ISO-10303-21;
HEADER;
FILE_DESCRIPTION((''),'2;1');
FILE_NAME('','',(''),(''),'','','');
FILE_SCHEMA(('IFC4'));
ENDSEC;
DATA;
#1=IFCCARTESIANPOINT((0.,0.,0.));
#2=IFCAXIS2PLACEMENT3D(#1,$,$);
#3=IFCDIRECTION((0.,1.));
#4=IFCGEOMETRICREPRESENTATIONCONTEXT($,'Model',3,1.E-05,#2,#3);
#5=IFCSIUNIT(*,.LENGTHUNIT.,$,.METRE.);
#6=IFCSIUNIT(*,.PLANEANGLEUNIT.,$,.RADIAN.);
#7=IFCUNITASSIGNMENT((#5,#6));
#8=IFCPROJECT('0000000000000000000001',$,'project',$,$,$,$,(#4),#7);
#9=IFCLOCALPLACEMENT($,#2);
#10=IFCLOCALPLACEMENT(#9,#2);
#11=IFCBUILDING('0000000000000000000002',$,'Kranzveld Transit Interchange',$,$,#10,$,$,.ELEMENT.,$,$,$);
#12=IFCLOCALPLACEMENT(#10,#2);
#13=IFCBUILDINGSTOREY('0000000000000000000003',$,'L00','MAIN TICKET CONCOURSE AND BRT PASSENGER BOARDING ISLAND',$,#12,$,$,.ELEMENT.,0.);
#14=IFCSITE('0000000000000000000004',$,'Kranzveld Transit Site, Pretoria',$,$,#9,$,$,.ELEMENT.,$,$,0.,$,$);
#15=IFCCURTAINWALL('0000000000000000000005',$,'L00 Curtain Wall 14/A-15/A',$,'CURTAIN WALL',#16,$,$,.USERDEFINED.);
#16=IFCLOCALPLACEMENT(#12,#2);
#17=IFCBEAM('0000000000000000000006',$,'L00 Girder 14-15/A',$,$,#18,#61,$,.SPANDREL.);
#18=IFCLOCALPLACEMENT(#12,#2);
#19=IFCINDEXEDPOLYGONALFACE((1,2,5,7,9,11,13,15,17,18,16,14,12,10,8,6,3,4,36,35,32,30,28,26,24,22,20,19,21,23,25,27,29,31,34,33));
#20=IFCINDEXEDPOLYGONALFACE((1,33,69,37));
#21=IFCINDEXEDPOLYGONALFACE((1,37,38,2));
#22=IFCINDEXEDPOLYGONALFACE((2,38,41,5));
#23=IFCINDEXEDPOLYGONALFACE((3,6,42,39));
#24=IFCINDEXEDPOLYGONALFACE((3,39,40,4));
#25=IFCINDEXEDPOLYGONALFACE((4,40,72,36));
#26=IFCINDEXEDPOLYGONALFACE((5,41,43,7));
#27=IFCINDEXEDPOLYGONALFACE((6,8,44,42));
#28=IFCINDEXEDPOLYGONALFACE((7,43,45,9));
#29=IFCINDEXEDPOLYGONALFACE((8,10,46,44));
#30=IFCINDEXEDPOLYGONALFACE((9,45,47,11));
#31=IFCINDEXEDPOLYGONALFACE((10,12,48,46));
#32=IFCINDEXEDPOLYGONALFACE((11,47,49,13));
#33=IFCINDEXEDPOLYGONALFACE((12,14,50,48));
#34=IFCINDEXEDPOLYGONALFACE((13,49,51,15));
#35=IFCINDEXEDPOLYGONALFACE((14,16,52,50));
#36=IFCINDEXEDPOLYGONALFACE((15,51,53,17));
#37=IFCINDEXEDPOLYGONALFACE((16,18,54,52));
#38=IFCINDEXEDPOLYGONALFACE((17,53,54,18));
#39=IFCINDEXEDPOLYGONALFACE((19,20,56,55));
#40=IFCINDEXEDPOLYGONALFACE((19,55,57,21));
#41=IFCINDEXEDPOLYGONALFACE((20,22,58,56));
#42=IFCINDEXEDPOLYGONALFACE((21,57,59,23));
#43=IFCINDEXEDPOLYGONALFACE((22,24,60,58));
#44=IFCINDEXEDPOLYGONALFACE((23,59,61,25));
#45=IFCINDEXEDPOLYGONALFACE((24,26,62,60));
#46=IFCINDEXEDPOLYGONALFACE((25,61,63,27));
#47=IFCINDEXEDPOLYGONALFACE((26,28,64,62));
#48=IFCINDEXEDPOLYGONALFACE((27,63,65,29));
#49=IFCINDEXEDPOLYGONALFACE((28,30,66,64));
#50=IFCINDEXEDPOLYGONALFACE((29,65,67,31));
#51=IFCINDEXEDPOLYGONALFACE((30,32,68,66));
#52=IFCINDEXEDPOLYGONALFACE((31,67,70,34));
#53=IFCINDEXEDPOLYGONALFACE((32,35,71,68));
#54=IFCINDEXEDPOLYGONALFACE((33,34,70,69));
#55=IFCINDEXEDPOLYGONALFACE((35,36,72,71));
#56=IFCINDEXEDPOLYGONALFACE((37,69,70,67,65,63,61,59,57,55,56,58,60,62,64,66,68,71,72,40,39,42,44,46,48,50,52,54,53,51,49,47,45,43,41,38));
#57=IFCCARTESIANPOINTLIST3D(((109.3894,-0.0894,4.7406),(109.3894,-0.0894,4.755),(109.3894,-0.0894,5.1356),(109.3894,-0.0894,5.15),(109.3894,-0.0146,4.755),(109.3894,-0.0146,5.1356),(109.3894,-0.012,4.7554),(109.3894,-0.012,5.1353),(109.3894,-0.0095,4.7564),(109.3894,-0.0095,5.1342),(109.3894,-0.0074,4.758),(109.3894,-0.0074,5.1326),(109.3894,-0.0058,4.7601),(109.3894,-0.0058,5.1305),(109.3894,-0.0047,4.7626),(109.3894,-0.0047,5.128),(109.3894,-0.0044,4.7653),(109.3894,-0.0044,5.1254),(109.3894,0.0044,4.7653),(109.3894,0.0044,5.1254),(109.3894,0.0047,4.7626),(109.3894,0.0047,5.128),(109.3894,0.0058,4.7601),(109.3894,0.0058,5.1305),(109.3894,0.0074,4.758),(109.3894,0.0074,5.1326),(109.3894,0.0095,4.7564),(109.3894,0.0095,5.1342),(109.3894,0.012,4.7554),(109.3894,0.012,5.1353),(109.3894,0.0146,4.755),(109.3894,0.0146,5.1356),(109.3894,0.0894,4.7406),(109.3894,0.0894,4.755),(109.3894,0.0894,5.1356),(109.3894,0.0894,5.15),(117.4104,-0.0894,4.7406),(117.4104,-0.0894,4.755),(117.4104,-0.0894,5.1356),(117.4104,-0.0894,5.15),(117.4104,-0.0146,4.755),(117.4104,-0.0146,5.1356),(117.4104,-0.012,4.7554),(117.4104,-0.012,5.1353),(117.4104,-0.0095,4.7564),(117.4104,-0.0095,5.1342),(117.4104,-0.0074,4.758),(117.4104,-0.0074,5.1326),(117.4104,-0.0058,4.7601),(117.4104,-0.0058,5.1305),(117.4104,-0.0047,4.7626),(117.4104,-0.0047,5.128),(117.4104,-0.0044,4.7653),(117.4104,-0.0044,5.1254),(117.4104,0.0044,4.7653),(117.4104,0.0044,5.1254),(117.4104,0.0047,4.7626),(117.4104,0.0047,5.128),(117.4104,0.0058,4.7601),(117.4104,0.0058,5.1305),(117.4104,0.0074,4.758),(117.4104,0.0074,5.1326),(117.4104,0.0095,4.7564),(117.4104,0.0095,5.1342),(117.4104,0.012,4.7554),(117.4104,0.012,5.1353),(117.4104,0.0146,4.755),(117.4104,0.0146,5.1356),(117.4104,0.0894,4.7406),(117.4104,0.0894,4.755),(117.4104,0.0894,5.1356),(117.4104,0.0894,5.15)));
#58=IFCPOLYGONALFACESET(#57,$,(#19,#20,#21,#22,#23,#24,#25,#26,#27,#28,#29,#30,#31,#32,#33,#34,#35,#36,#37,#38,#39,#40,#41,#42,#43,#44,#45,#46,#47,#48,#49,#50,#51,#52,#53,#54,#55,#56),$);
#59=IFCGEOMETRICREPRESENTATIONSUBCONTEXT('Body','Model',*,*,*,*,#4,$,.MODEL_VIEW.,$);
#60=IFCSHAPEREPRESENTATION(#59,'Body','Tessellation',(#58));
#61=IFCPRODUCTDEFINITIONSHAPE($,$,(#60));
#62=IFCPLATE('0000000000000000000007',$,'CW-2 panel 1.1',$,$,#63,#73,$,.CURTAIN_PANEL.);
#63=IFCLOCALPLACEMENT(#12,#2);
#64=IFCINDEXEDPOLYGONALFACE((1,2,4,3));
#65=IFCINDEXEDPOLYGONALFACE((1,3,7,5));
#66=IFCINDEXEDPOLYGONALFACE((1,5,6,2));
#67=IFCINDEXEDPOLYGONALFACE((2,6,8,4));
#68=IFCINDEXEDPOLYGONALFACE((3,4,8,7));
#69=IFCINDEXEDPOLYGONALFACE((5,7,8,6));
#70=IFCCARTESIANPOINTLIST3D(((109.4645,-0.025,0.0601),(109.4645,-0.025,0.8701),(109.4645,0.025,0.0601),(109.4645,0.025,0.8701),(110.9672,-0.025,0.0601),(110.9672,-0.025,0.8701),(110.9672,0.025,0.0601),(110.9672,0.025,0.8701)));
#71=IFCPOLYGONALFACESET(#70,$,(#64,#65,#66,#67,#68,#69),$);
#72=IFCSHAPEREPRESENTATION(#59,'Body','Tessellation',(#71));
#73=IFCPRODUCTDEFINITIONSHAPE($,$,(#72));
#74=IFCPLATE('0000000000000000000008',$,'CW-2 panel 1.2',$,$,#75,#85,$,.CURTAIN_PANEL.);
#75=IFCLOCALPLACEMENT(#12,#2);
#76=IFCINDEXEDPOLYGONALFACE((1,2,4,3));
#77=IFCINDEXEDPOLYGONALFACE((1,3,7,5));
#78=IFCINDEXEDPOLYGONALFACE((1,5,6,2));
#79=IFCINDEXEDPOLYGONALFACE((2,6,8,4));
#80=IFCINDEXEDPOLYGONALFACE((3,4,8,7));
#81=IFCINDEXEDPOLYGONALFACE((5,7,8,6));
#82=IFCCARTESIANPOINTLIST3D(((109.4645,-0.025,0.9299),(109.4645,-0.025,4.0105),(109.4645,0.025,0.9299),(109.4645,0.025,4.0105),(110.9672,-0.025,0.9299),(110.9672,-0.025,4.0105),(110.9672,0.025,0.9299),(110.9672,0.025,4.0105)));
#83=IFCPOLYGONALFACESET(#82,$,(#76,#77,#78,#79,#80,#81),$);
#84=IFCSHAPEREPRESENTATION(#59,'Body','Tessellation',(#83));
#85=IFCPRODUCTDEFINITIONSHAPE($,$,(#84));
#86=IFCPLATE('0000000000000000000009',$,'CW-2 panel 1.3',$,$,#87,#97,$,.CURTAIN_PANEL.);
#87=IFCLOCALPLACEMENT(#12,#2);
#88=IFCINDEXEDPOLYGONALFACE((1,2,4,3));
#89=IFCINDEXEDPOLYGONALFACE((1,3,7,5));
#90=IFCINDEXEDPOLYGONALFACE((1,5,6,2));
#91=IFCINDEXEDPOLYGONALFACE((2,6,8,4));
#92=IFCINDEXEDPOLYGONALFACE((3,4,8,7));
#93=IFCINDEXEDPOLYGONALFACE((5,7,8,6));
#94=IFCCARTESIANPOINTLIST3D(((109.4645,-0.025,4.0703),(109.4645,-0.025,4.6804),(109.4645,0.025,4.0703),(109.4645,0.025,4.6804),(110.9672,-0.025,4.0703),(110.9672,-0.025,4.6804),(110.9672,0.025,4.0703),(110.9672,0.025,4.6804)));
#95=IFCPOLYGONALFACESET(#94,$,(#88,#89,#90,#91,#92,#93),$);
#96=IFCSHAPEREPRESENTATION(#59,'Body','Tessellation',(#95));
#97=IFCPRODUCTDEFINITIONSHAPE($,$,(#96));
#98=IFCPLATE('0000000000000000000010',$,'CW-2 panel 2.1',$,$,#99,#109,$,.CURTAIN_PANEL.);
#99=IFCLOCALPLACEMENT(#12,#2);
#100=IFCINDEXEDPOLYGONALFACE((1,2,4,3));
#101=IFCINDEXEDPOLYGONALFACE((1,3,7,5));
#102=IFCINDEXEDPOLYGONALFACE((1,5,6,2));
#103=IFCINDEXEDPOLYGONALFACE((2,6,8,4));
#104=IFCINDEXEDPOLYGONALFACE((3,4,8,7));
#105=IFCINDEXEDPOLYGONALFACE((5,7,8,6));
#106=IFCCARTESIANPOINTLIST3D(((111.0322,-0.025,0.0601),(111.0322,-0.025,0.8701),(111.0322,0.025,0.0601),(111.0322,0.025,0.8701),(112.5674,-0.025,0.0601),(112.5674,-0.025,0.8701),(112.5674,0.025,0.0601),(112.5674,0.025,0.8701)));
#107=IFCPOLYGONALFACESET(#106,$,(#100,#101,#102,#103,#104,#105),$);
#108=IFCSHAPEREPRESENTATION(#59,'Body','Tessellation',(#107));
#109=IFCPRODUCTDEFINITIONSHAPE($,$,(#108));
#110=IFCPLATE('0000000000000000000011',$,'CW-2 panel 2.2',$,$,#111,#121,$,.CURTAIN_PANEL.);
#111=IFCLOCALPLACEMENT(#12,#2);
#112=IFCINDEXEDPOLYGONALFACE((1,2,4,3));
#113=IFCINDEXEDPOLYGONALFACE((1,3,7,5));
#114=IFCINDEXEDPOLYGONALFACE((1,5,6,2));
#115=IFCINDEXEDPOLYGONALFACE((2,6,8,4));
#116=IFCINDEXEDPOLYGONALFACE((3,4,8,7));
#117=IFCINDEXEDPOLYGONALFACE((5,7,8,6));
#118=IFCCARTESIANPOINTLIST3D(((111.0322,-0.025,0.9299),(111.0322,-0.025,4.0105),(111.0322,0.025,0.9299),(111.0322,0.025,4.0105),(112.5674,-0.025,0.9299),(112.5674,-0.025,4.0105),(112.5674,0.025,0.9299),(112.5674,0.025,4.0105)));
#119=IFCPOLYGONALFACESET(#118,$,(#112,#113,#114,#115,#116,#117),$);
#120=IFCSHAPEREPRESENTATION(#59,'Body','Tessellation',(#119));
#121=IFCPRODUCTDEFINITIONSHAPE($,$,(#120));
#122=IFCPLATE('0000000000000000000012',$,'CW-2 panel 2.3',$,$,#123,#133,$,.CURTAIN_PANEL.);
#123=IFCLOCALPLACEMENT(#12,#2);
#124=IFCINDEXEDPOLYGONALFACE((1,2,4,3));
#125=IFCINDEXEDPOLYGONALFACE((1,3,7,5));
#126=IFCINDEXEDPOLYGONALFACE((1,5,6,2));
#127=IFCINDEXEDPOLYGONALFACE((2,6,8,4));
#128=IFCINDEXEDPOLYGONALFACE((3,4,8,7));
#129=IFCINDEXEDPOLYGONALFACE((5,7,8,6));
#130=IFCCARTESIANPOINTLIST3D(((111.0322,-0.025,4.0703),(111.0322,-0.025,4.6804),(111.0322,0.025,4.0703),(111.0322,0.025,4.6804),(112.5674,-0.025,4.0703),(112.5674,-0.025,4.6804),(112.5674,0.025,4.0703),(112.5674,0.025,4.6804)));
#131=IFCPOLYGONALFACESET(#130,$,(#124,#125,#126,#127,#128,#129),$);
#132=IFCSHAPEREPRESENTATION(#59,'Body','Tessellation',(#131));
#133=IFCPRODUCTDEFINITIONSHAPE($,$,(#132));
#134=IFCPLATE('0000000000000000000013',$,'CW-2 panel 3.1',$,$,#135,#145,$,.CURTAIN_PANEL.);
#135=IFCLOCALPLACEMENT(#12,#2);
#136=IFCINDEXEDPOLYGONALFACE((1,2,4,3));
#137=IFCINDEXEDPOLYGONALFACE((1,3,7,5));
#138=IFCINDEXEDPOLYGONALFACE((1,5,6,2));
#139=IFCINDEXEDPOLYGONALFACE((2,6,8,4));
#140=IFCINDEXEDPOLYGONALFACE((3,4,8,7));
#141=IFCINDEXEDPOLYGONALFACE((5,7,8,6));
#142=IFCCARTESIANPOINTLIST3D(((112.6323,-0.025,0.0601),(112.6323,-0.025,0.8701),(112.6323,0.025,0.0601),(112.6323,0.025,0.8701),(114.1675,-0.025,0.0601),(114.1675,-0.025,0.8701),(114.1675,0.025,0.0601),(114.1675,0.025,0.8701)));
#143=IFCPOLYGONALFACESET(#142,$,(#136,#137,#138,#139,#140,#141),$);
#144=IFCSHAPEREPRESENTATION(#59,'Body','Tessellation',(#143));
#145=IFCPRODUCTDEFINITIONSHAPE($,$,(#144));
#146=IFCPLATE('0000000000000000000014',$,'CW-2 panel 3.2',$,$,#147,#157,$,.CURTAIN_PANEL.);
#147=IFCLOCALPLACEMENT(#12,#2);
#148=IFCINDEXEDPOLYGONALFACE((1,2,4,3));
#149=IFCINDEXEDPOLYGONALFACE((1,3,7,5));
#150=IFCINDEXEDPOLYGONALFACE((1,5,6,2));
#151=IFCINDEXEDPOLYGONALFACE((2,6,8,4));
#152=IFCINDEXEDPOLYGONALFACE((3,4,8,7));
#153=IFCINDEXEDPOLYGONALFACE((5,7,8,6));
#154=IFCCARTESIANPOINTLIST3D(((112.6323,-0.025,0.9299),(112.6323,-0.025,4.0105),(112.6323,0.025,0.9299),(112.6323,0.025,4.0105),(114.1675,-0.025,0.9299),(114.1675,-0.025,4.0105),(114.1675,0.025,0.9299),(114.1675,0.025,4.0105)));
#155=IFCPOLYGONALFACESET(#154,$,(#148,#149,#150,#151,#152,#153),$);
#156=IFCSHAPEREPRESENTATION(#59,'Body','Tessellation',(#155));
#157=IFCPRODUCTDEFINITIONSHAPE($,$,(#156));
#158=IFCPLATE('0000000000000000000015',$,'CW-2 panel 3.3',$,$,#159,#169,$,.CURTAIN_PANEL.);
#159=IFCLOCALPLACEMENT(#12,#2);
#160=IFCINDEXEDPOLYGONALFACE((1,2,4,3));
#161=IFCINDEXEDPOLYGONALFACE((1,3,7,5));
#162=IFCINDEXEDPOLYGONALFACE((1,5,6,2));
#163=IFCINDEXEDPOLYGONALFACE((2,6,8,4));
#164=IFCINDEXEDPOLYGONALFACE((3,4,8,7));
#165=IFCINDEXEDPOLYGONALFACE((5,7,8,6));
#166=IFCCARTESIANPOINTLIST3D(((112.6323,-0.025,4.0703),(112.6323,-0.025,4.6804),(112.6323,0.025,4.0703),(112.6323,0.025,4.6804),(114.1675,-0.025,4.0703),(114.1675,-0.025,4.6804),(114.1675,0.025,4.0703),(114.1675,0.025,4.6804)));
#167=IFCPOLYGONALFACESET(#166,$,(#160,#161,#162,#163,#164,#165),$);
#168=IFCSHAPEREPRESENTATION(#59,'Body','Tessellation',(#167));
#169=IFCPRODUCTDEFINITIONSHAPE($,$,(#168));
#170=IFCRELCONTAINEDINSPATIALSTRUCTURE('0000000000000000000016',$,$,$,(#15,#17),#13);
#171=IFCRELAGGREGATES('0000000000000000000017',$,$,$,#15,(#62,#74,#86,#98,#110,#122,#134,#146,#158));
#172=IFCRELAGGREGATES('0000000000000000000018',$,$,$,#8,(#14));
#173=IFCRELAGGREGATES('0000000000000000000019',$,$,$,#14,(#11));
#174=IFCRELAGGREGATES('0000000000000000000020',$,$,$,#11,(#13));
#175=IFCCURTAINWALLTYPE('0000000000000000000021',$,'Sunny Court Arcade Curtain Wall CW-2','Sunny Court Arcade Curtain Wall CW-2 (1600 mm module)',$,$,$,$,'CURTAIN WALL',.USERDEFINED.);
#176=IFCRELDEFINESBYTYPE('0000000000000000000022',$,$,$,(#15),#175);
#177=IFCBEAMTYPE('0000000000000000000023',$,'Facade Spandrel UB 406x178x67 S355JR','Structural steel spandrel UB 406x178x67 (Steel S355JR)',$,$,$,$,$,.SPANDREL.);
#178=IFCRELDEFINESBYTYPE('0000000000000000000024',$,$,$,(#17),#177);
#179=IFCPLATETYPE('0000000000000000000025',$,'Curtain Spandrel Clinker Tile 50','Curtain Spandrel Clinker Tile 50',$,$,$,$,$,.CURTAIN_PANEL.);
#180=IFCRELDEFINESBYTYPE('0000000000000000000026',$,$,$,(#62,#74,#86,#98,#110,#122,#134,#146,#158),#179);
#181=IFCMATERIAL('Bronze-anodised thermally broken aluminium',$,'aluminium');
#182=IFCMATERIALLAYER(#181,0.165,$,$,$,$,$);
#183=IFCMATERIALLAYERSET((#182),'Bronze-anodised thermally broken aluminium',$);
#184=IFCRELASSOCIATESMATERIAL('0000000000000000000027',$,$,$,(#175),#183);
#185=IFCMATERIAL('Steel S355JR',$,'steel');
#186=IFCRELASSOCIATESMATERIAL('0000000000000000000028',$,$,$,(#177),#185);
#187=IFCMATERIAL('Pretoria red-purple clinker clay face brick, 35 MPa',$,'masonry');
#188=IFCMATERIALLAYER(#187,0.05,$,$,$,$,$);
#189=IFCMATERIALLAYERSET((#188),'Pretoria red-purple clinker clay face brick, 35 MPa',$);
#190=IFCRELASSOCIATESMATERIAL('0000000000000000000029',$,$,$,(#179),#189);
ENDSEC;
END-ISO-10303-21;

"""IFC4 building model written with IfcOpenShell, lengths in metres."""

from ifc_helpers import new_model, si_unit, direction, frame, origin, origin_2d, place, context, subcontext, project, spatial, rectangle, i_section, extrude, material, layer, layer_set, material_profile, profile_set, type_object, element, aggregate, save


model = new_model("IFC4")

# Units and contexts
model_context = context("Model", 3, precision=1e-05, world=origin(), true_north=direction((0.0, 1.0)))
body_context = subcontext(model_context, "Body", "Model", "MODEL_VIEW")
ifc_project = project(units=[si_unit("LENGTHUNIT", "METRE"), si_unit("PLANEANGLEUNIT", "RADIAN")], contexts=[model_context])

# Site, building, storey
site_placement = place(None, origin())
site = spatial("IfcSite", under=ifc_project, at=site_placement, Name="Kranzveld Transit Site, Pretoria", CompositionType="ELEMENT", RefElevation=0.0)
building_placement = place(site_placement, origin())
building = spatial("IfcBuilding", under=site, at=building_placement, Name="Kranzveld Transit Interchange", CompositionType="ELEMENT")
storey_placement = place(building_placement, origin())
storey = spatial("IfcBuildingStorey", under=building, at=storey_placement, Name="L00", Description="MAIN TICKET CONCOURSE AND BRT PASSENGER BOARDING ISLAND", CompositionType="ELEMENT", Elevation=0.0)

# Curtain wall
ifc_material_1 = material(Name="Bronze-anodised thermally broken aluminium", Category="aluminium")
ifc_layer_1 = layer(ifc_material_1, 0.165)
ifc_layer_set_1 = layer_set([ifc_layer_1], Name="Bronze-anodised thermally broken aluminium")
curtain_wall_type = type_object("IfcCurtainWallType", Name="Sunny Court Arcade Curtain Wall CW-2", Description="Sunny Court Arcade Curtain Wall CW-2 (1600 mm module)", ElementType="CURTAIN WALL", PredefinedType="USERDEFINED", material=ifc_layer_set_1)
curtain_wall_placement = place(storey_placement, origin())
curtain_wall = element("IfcCurtainWall", 1, at=curtain_wall_placement, inside=storey, type_object=curtain_wall_type, Name="L00 Curtain Wall 14/A-15/A", ObjectType="CURTAIN WALL", PredefinedType="USERDEFINED")

# Beam
ifc_material_2 = material(Name="Steel S355JR", Category="steel")
ifc_material_profile_1 = material_profile(ifc_material_2, i_section(OverallWidth=0.1787, OverallDepth=0.4094, WebThickness=0.0088, FlangeThickness=0.0144, FilletRadius=0.0103, at=origin_2d()), Name="UB 406x178x67")
ifc_profile_set_1 = profile_set([ifc_material_profile_1], Name="Steel S355JR")
beam_type = type_object("IfcBeamType", Name="Facade Spandrel UB 406x178x67 S355JR", Description="Structural steel spandrel UB 406x178x67 (Steel S355JR)", PredefinedType="SPANDREL", material=ifc_profile_set_1)
beam_placement = place(storey_placement, frame((109.3894, 0.0, 4.9453), z_axis=(1.0, 0.0, 0.0), x_axis=(0.0, 1.0, 0.0)))
element("IfcBeam", 2, at=beam_placement, inside=storey, type_object=beam_type, Name="L00 Girder 14-15/A", PredefinedType="SPANDREL", context=body_context, shape_type="SweptSolid", body=[
    extrude(i_section(OverallWidth=0.1787, OverallDepth=0.4094, WebThickness=0.0088, FlangeThickness=0.0144, FilletRadius=0.0103, at=origin_2d()), origin(), (0.0, 0.0, 1.0), 8.021),
])

# Plates
ifc_material_3 = material(Name="Pretoria red-purple clinker clay face brick, 35 MPa", Category="masonry")
ifc_layer_2 = layer(ifc_material_3, 0.05)
ifc_layer_set_2 = layer_set([ifc_layer_2], Name="Pretoria red-purple clinker clay face brick, 35 MPa")
plate_type = type_object("IfcPlateType", Name="Curtain Spandrel Clinker Tile 50", Description="Curtain Spandrel Clinker Tile 50", PredefinedType="CURTAIN_PANEL", material=ifc_layer_set_2)
plate_1_placement = place(storey_placement, frame((110.2158, 0.0, 0.0601), z_axis=(0.0, 0.0, 1.0), x_axis=(1.0, 0.0, 0.0)))
plate_1 = element("IfcPlate", 3, at=plate_1_placement, type_object=plate_type, Name="CW-2 panel 1.1", PredefinedType="CURTAIN_PANEL", context=body_context, shape_type="SweptSolid", body=[
    extrude(rectangle(XDim=1.5027, YDim=0.05, at=origin_2d()), origin(), (0.0, 0.0, 1.0), 0.8101),
])
plate_2_placement = place(storey_placement, frame((110.2158, 0.0, 0.9299), z_axis=(0.0, 0.0, 1.0), x_axis=(1.0, 0.0, 0.0)))
plate_2 = element("IfcPlate", 4, at=plate_2_placement, type_object=plate_type, Name="CW-2 panel 1.2", PredefinedType="CURTAIN_PANEL", context=body_context, shape_type="SweptSolid", body=[
    extrude(rectangle(XDim=1.5027, YDim=0.05, at=origin_2d()), origin(), (0.0, 0.0, 1.0), 3.0806),
])
plate_3_placement = place(storey_placement, frame((110.2158, 0.0, 4.0703), z_axis=(0.0, 0.0, 1.0), x_axis=(1.0, 0.0, 0.0)))
plate_3 = element("IfcPlate", 5, at=plate_3_placement, type_object=plate_type, Name="CW-2 panel 1.3", PredefinedType="CURTAIN_PANEL", context=body_context, shape_type="SweptSolid", body=[
    extrude(rectangle(XDim=1.5027, YDim=0.05, at=origin_2d()), origin(), (0.0, 0.0, 1.0), 0.6101),
])
plate_4_placement = place(storey_placement, frame((111.7998, 0.0, 0.0601), z_axis=(0.0, 0.0, 1.0), x_axis=(1.0, 0.0, 0.0)))
plate_4 = element("IfcPlate", 6, at=plate_4_placement, type_object=plate_type, Name="CW-2 panel 2.1", PredefinedType="CURTAIN_PANEL", context=body_context, shape_type="SweptSolid", body=[
    extrude(rectangle(XDim=1.5352, YDim=0.05, at=origin_2d()), origin(), (0.0, 0.0, 1.0), 0.8101),
])
plate_5_placement = place(storey_placement, frame((111.7998, 0.0, 0.9299), z_axis=(0.0, 0.0, 1.0), x_axis=(1.0, 0.0, 0.0)))
plate_5 = element("IfcPlate", 7, at=plate_5_placement, type_object=plate_type, Name="CW-2 panel 2.2", PredefinedType="CURTAIN_PANEL", context=body_context, shape_type="SweptSolid", body=[
    extrude(rectangle(XDim=1.5352, YDim=0.05, at=origin_2d()), origin(), (0.0, 0.0, 1.0), 3.0806),
])
plate_6_placement = place(storey_placement, frame((111.7998, 0.0, 4.0703), z_axis=(0.0, 0.0, 1.0), x_axis=(1.0, 0.0, 0.0)))
plate_6 = element("IfcPlate", 8, at=plate_6_placement, type_object=plate_type, Name="CW-2 panel 2.3", PredefinedType="CURTAIN_PANEL", context=body_context, shape_type="SweptSolid", body=[
    extrude(rectangle(XDim=1.5352, YDim=0.05, at=origin_2d()), origin(), (0.0, 0.0, 1.0), 0.6101),
])
plate_7_placement = place(storey_placement, frame((113.3999, 0.0, 0.0601), z_axis=(0.0, 0.0, 1.0), x_axis=(1.0, 0.0, 0.0)))
plate_7 = element("IfcPlate", 9, at=plate_7_placement, type_object=plate_type, Name="CW-2 panel 3.1", PredefinedType="CURTAIN_PANEL", context=body_context, shape_type="SweptSolid", body=[
    extrude(rectangle(XDim=1.5352, YDim=0.05, at=origin_2d()), origin(), (0.0, 0.0, 1.0), 0.8101),
])
plate_8_placement = place(storey_placement, frame((113.3999, 0.0, 0.9299), z_axis=(0.0, 0.0, 1.0), x_axis=(1.0, 0.0, 0.0)))
plate_8 = element("IfcPlate", 10, at=plate_8_placement, type_object=plate_type, Name="CW-2 panel 3.2", PredefinedType="CURTAIN_PANEL", context=body_context, shape_type="SweptSolid", body=[
    extrude(rectangle(XDim=1.5352, YDim=0.05, at=origin_2d()), origin(), (0.0, 0.0, 1.0), 3.0806),
])
plate_9_placement = place(storey_placement, frame((113.3999, 0.0, 4.0703), z_axis=(0.0, 0.0, 1.0), x_axis=(1.0, 0.0, 0.0)))
plate_9 = element("IfcPlate", 11, at=plate_9_placement, type_object=plate_type, Name="CW-2 panel 3.3", PredefinedType="CURTAIN_PANEL", context=body_context, shape_type="SweptSolid", body=[
    extrude(rectangle(XDim=1.5352, YDim=0.05, at=origin_2d()), origin(), (0.0, 0.0, 1.0), 0.6101),
])
aggregate(curtain_wall, [plate_1, plate_2, plate_3, plate_4, plate_5, plate_6, plate_7, plate_8, plate_9])

save(model, "model.ifc")
